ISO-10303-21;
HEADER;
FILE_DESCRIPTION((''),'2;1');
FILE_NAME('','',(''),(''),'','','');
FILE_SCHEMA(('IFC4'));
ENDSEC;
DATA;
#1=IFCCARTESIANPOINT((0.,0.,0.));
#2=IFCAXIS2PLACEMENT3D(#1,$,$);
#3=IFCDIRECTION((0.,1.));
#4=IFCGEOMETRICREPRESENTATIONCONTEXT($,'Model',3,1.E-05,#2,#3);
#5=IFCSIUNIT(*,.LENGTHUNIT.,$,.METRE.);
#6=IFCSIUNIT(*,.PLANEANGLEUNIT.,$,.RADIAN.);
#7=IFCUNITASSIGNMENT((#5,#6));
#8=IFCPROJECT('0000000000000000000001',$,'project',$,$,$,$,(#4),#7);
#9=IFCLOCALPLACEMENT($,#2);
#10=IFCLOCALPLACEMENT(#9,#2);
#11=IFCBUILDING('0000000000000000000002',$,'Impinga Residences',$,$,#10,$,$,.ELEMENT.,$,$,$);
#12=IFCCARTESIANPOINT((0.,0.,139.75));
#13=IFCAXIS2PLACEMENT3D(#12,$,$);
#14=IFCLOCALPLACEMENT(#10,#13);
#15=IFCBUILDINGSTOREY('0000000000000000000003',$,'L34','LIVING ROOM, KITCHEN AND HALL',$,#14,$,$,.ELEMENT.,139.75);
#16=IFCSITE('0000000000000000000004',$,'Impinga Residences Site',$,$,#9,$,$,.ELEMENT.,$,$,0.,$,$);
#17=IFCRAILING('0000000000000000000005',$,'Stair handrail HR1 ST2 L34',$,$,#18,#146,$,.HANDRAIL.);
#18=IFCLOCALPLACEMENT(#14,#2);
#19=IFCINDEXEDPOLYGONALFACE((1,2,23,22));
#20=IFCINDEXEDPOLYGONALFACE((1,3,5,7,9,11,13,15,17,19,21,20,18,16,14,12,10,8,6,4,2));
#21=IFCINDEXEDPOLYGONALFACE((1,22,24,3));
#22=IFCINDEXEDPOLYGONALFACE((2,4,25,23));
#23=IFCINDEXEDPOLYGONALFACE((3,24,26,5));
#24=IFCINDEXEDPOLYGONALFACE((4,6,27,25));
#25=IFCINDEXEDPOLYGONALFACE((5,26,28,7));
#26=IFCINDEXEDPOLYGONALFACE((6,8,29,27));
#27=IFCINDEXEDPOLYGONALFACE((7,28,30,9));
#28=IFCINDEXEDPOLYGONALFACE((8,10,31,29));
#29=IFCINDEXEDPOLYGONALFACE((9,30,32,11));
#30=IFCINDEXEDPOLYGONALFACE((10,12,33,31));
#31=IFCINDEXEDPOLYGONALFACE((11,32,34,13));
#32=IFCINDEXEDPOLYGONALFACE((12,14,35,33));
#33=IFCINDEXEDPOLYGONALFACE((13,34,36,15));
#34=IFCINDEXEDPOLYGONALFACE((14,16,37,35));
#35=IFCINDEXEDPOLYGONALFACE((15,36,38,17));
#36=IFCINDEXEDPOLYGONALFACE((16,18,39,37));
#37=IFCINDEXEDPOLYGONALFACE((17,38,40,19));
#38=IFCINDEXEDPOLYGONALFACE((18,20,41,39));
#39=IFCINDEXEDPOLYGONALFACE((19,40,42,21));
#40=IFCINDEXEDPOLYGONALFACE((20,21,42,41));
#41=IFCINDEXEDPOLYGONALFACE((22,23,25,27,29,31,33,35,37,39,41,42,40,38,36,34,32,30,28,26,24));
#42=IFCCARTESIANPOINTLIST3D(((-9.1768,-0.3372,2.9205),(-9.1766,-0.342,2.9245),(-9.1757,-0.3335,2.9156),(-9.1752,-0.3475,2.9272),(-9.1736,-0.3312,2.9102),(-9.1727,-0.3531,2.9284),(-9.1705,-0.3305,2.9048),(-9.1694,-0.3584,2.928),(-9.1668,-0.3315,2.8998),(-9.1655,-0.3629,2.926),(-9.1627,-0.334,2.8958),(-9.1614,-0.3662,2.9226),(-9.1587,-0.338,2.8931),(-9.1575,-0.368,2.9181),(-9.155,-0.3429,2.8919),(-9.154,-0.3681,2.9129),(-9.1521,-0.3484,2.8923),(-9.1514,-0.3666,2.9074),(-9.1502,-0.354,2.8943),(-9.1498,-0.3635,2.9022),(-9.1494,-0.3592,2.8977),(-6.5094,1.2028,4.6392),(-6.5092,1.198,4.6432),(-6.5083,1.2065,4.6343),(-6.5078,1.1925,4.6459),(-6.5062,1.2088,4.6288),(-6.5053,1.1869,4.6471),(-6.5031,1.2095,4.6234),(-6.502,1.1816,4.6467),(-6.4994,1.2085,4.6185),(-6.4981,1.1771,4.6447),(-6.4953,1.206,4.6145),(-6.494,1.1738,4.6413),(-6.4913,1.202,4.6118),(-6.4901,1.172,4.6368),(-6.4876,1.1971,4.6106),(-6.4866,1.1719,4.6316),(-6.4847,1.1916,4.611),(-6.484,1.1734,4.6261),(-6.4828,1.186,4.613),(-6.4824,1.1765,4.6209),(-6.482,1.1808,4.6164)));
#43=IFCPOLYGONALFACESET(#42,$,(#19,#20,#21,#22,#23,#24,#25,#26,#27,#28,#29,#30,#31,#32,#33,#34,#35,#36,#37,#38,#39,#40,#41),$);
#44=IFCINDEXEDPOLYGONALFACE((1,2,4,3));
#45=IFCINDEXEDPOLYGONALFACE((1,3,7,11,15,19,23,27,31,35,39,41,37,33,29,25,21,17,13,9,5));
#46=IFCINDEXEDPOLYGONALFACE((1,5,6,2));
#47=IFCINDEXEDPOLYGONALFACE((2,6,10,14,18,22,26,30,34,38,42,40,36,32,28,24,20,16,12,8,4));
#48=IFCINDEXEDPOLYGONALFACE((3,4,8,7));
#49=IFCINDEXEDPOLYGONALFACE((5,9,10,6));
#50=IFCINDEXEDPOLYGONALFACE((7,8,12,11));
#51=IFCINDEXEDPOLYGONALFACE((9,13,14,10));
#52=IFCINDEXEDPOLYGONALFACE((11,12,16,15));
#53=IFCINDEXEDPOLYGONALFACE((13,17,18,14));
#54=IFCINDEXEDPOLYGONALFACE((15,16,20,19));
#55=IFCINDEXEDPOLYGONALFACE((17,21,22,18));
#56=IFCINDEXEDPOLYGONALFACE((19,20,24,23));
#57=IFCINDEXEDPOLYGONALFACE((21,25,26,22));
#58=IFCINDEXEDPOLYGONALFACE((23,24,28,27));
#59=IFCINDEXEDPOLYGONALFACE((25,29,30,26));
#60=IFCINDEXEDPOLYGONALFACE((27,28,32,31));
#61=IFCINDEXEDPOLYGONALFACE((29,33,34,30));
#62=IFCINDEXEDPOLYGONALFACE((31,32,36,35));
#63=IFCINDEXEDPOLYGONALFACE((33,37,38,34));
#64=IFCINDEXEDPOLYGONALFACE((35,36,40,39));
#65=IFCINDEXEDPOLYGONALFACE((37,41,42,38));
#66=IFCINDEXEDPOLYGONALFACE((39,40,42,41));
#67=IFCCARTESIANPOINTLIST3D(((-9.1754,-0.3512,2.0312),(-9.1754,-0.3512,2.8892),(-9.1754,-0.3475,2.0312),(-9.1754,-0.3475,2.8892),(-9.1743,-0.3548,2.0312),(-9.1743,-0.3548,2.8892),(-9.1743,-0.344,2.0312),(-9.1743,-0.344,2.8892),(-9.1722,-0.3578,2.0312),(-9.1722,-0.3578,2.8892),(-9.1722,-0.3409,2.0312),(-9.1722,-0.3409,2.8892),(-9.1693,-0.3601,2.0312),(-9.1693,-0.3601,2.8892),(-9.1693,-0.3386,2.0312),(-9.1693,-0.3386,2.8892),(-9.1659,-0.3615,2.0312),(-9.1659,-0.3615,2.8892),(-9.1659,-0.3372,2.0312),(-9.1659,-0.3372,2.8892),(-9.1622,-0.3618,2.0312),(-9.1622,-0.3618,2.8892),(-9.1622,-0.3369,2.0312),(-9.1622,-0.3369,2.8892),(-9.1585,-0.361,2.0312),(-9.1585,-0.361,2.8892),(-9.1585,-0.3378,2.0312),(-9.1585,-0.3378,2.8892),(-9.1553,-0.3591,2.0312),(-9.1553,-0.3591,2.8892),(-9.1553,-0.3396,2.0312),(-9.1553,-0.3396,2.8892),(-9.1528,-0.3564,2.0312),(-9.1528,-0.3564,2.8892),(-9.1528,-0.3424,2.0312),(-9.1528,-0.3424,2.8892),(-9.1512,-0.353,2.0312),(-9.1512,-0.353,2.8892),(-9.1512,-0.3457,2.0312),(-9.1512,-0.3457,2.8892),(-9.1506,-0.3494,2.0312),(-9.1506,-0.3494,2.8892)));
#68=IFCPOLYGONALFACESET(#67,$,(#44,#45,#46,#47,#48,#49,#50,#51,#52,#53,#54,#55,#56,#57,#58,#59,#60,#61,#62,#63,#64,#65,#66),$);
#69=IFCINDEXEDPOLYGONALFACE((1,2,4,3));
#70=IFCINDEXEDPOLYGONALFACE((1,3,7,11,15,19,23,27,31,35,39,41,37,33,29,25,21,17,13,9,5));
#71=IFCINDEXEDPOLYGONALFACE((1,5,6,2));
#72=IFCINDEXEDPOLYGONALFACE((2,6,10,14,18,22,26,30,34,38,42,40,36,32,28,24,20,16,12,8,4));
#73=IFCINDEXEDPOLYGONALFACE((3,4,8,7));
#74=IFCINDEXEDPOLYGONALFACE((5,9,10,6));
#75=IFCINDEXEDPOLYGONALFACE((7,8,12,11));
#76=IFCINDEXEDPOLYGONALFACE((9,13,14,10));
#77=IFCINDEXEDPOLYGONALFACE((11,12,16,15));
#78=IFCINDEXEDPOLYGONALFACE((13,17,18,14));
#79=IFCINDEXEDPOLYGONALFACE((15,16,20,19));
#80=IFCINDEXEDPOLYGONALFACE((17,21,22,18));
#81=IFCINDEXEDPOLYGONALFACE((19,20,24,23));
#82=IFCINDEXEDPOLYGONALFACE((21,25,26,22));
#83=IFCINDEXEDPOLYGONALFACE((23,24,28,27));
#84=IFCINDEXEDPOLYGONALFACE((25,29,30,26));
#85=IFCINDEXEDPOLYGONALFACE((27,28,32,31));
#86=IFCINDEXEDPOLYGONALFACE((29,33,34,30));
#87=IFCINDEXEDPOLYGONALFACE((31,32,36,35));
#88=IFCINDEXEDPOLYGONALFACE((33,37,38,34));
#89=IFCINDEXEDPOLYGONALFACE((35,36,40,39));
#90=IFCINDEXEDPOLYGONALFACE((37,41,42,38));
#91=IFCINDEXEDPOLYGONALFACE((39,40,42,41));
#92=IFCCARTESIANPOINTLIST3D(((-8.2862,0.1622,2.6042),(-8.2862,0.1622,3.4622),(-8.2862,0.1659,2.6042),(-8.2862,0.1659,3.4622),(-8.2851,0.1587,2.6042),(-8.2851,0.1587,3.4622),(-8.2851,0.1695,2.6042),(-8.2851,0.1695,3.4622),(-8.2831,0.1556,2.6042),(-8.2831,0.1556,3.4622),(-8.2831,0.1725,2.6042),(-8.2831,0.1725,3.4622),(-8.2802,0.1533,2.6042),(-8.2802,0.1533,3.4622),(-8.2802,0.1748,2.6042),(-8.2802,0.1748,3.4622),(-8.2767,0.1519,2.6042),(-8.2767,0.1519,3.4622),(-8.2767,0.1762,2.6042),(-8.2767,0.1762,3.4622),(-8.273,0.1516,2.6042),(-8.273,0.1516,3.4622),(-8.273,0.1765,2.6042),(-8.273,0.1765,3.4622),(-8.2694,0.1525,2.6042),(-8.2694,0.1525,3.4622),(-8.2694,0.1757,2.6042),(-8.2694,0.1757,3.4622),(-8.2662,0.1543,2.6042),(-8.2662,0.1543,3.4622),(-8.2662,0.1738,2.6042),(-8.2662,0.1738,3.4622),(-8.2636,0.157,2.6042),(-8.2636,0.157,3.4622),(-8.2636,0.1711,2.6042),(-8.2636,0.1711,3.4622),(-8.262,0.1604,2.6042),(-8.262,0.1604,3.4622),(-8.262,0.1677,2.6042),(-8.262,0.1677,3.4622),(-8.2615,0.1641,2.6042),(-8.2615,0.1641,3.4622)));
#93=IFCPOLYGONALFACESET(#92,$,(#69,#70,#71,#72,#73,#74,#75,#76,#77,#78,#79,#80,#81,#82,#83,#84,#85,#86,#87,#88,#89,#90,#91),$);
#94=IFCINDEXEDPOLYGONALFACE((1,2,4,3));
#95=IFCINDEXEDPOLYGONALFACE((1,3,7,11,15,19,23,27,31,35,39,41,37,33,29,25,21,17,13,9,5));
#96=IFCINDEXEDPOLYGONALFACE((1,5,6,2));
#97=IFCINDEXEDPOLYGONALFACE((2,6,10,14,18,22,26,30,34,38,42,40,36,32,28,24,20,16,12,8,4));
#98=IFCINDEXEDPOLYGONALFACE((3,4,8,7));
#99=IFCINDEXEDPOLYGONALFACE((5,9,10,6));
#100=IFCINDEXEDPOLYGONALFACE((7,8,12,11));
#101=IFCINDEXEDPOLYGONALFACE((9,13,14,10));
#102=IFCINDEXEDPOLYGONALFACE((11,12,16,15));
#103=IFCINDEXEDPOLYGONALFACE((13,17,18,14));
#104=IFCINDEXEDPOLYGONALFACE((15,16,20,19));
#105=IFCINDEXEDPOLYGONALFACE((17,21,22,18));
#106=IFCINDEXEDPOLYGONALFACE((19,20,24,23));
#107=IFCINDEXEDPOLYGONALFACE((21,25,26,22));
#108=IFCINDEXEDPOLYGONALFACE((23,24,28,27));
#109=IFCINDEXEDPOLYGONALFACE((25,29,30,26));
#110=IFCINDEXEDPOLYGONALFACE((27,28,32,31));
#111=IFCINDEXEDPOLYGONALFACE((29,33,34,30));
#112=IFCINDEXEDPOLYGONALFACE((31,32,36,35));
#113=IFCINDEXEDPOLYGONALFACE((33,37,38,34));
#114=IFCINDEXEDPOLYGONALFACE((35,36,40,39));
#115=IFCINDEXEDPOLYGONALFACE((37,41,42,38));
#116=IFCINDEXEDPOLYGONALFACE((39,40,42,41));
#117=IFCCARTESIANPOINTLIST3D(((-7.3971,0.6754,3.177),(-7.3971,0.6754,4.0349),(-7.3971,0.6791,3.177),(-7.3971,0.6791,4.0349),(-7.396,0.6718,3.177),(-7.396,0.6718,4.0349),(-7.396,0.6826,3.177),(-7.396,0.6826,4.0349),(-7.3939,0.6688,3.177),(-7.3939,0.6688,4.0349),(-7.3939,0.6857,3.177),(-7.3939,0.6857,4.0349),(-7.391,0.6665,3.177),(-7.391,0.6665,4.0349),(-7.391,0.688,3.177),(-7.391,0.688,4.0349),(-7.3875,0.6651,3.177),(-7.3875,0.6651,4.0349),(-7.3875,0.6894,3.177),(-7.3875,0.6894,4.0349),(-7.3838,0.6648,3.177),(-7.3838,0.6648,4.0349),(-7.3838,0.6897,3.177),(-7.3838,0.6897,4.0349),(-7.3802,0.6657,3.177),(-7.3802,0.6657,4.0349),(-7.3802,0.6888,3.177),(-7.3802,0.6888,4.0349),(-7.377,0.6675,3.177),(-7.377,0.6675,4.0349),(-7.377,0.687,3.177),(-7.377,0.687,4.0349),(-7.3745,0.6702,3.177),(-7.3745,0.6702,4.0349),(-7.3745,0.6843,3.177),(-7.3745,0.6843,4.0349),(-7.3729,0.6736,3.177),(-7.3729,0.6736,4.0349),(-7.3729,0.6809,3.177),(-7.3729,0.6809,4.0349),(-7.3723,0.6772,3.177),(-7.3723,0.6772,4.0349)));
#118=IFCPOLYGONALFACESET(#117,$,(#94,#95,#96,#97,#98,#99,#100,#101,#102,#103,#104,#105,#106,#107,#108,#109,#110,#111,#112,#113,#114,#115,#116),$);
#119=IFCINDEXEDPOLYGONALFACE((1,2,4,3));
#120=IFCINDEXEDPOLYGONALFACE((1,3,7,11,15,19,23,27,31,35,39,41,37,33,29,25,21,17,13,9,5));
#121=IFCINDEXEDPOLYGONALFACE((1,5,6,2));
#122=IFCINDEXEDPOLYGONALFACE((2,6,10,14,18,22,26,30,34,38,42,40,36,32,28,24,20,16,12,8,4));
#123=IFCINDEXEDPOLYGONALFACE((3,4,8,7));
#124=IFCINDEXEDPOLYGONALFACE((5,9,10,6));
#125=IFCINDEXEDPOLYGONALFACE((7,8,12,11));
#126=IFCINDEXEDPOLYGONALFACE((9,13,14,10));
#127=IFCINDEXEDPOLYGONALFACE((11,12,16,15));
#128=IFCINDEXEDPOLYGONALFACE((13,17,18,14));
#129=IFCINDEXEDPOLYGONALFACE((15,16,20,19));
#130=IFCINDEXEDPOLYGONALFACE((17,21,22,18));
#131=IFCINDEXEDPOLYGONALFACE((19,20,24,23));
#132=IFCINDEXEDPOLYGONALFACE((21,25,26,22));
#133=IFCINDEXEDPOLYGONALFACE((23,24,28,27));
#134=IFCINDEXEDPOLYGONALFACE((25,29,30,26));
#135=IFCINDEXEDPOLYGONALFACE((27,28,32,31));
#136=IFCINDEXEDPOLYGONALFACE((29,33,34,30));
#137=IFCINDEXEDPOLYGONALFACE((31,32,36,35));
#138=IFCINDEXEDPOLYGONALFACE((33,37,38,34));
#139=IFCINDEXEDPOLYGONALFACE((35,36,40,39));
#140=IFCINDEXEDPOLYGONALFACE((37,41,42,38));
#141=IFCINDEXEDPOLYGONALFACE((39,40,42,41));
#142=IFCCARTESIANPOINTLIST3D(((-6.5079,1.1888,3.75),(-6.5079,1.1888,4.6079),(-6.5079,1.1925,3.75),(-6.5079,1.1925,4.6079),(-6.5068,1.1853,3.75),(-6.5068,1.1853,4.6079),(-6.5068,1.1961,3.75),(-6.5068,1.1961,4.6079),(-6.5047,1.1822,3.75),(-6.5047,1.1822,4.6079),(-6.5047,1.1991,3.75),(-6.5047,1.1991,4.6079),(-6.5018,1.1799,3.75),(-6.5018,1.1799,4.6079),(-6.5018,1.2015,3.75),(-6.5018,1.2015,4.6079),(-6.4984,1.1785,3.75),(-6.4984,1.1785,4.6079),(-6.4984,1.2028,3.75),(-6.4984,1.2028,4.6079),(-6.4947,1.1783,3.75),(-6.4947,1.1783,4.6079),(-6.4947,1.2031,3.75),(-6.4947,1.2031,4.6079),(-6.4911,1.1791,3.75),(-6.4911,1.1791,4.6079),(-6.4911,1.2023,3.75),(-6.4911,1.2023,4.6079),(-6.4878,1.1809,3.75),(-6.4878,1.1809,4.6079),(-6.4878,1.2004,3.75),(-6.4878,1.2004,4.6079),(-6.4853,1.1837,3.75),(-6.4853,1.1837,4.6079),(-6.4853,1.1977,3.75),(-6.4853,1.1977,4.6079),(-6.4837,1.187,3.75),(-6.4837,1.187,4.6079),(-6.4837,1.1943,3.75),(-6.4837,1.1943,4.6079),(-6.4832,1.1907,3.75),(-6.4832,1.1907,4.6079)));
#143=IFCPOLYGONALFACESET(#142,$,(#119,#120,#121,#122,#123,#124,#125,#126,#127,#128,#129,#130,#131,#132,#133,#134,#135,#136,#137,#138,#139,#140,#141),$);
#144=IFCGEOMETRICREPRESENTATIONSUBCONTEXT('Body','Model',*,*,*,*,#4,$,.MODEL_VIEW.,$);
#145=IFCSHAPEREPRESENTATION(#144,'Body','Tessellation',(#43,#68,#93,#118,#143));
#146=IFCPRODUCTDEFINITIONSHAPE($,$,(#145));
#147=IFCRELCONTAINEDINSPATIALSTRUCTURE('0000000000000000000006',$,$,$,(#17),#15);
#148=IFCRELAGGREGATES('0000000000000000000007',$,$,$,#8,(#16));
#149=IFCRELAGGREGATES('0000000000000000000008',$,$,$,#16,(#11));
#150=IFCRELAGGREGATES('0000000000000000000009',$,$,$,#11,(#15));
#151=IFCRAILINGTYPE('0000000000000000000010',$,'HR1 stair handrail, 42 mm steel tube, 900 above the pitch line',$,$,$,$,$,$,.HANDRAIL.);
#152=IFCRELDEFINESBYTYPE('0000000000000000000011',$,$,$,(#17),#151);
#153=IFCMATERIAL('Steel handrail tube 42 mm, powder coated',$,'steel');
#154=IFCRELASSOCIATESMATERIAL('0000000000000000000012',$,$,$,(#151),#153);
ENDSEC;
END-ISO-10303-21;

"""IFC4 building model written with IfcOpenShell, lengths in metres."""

from ifc_helpers import new_model, si_unit, direction, frame, origin, origin_2d, place, context, subcontext, project, spatial, circle, extrude, material, type_object, element, save


model = new_model("IFC4")

# Units and contexts
model_context = context("Model", 3, precision=1e-05, world=origin(), true_north=direction((0.0, 1.0)))
body_context = subcontext(model_context, "Body", "Model", "MODEL_VIEW")
ifc_project = project(units=[si_unit("LENGTHUNIT", "METRE"), si_unit("PLANEANGLEUNIT", "RADIAN")], contexts=[model_context])

# Site, building, storey
site_placement = place(None, origin())
site = spatial("IfcSite", under=ifc_project, at=site_placement, Name="Impinga Residences Site", CompositionType="ELEMENT", RefElevation=0.0)
building_placement = place(site_placement, origin())
building = spatial("IfcBuilding", under=site, at=building_placement, Name="Impinga Residences", CompositionType="ELEMENT")
storey_placement = place(building_placement, frame((0.0, 0.0, 139.75)))
storey = spatial("IfcBuildingStorey", under=building, at=storey_placement, Name="L34", Description="LIVING ROOM, KITCHEN AND HALL", CompositionType="ELEMENT", Elevation=139.75)

# Railing
ifc_material_1 = material(Name="Steel handrail tube 42 mm, powder coated", Category="steel")
railing_type_1 = type_object("IfcRailingType", Name="HR1 stair handrail, 42 mm steel tube, 900 above the pitch line", PredefinedType="HANDRAIL", material=ifc_material_1)
railing_1_placement = place(storey_placement, frame((-9.1631, -0.3494, 2.0312)))
element("IfcRailing", 1, at=railing_1_placement, inside=storey, type_object=railing_type_1, Name="Stair handrail HR1 ST2 L34", PredefinedType="HANDRAIL", context=body_context, shape_type="SweptSolid", body=[
    extrude(circle(Radius=0.021, at=origin_2d()), frame((0.0, 0.0, 0.8789), z_axis=(0.756256, 0.436616, 0.487282), x_axis=(-0.499992, 0.86603, 0.0)), (0.0, 0.0, 1.0), 3.5271),
    extrude(circle(Radius=0.0125, at=origin_2d()), origin(), (0.0, 0.0, 1.0), 0.8579),
    extrude(circle(Radius=0.0125, at=origin_2d()), frame((0.8892, 0.5134, 0.573)), (0.0, 0.0, 1.0), 0.8579),
    extrude(circle(Radius=0.0125, at=origin_2d()), frame((1.7783, 1.0266, 1.1458)), (0.0, 0.0, 1.0), 0.8579),
    extrude(circle(Radius=0.0125, at=origin_2d()), frame((2.6675, 1.54, 1.7188)), (0.0, 0.0, 1.0), 0.8579),
])

save(model, "model.ifc")
